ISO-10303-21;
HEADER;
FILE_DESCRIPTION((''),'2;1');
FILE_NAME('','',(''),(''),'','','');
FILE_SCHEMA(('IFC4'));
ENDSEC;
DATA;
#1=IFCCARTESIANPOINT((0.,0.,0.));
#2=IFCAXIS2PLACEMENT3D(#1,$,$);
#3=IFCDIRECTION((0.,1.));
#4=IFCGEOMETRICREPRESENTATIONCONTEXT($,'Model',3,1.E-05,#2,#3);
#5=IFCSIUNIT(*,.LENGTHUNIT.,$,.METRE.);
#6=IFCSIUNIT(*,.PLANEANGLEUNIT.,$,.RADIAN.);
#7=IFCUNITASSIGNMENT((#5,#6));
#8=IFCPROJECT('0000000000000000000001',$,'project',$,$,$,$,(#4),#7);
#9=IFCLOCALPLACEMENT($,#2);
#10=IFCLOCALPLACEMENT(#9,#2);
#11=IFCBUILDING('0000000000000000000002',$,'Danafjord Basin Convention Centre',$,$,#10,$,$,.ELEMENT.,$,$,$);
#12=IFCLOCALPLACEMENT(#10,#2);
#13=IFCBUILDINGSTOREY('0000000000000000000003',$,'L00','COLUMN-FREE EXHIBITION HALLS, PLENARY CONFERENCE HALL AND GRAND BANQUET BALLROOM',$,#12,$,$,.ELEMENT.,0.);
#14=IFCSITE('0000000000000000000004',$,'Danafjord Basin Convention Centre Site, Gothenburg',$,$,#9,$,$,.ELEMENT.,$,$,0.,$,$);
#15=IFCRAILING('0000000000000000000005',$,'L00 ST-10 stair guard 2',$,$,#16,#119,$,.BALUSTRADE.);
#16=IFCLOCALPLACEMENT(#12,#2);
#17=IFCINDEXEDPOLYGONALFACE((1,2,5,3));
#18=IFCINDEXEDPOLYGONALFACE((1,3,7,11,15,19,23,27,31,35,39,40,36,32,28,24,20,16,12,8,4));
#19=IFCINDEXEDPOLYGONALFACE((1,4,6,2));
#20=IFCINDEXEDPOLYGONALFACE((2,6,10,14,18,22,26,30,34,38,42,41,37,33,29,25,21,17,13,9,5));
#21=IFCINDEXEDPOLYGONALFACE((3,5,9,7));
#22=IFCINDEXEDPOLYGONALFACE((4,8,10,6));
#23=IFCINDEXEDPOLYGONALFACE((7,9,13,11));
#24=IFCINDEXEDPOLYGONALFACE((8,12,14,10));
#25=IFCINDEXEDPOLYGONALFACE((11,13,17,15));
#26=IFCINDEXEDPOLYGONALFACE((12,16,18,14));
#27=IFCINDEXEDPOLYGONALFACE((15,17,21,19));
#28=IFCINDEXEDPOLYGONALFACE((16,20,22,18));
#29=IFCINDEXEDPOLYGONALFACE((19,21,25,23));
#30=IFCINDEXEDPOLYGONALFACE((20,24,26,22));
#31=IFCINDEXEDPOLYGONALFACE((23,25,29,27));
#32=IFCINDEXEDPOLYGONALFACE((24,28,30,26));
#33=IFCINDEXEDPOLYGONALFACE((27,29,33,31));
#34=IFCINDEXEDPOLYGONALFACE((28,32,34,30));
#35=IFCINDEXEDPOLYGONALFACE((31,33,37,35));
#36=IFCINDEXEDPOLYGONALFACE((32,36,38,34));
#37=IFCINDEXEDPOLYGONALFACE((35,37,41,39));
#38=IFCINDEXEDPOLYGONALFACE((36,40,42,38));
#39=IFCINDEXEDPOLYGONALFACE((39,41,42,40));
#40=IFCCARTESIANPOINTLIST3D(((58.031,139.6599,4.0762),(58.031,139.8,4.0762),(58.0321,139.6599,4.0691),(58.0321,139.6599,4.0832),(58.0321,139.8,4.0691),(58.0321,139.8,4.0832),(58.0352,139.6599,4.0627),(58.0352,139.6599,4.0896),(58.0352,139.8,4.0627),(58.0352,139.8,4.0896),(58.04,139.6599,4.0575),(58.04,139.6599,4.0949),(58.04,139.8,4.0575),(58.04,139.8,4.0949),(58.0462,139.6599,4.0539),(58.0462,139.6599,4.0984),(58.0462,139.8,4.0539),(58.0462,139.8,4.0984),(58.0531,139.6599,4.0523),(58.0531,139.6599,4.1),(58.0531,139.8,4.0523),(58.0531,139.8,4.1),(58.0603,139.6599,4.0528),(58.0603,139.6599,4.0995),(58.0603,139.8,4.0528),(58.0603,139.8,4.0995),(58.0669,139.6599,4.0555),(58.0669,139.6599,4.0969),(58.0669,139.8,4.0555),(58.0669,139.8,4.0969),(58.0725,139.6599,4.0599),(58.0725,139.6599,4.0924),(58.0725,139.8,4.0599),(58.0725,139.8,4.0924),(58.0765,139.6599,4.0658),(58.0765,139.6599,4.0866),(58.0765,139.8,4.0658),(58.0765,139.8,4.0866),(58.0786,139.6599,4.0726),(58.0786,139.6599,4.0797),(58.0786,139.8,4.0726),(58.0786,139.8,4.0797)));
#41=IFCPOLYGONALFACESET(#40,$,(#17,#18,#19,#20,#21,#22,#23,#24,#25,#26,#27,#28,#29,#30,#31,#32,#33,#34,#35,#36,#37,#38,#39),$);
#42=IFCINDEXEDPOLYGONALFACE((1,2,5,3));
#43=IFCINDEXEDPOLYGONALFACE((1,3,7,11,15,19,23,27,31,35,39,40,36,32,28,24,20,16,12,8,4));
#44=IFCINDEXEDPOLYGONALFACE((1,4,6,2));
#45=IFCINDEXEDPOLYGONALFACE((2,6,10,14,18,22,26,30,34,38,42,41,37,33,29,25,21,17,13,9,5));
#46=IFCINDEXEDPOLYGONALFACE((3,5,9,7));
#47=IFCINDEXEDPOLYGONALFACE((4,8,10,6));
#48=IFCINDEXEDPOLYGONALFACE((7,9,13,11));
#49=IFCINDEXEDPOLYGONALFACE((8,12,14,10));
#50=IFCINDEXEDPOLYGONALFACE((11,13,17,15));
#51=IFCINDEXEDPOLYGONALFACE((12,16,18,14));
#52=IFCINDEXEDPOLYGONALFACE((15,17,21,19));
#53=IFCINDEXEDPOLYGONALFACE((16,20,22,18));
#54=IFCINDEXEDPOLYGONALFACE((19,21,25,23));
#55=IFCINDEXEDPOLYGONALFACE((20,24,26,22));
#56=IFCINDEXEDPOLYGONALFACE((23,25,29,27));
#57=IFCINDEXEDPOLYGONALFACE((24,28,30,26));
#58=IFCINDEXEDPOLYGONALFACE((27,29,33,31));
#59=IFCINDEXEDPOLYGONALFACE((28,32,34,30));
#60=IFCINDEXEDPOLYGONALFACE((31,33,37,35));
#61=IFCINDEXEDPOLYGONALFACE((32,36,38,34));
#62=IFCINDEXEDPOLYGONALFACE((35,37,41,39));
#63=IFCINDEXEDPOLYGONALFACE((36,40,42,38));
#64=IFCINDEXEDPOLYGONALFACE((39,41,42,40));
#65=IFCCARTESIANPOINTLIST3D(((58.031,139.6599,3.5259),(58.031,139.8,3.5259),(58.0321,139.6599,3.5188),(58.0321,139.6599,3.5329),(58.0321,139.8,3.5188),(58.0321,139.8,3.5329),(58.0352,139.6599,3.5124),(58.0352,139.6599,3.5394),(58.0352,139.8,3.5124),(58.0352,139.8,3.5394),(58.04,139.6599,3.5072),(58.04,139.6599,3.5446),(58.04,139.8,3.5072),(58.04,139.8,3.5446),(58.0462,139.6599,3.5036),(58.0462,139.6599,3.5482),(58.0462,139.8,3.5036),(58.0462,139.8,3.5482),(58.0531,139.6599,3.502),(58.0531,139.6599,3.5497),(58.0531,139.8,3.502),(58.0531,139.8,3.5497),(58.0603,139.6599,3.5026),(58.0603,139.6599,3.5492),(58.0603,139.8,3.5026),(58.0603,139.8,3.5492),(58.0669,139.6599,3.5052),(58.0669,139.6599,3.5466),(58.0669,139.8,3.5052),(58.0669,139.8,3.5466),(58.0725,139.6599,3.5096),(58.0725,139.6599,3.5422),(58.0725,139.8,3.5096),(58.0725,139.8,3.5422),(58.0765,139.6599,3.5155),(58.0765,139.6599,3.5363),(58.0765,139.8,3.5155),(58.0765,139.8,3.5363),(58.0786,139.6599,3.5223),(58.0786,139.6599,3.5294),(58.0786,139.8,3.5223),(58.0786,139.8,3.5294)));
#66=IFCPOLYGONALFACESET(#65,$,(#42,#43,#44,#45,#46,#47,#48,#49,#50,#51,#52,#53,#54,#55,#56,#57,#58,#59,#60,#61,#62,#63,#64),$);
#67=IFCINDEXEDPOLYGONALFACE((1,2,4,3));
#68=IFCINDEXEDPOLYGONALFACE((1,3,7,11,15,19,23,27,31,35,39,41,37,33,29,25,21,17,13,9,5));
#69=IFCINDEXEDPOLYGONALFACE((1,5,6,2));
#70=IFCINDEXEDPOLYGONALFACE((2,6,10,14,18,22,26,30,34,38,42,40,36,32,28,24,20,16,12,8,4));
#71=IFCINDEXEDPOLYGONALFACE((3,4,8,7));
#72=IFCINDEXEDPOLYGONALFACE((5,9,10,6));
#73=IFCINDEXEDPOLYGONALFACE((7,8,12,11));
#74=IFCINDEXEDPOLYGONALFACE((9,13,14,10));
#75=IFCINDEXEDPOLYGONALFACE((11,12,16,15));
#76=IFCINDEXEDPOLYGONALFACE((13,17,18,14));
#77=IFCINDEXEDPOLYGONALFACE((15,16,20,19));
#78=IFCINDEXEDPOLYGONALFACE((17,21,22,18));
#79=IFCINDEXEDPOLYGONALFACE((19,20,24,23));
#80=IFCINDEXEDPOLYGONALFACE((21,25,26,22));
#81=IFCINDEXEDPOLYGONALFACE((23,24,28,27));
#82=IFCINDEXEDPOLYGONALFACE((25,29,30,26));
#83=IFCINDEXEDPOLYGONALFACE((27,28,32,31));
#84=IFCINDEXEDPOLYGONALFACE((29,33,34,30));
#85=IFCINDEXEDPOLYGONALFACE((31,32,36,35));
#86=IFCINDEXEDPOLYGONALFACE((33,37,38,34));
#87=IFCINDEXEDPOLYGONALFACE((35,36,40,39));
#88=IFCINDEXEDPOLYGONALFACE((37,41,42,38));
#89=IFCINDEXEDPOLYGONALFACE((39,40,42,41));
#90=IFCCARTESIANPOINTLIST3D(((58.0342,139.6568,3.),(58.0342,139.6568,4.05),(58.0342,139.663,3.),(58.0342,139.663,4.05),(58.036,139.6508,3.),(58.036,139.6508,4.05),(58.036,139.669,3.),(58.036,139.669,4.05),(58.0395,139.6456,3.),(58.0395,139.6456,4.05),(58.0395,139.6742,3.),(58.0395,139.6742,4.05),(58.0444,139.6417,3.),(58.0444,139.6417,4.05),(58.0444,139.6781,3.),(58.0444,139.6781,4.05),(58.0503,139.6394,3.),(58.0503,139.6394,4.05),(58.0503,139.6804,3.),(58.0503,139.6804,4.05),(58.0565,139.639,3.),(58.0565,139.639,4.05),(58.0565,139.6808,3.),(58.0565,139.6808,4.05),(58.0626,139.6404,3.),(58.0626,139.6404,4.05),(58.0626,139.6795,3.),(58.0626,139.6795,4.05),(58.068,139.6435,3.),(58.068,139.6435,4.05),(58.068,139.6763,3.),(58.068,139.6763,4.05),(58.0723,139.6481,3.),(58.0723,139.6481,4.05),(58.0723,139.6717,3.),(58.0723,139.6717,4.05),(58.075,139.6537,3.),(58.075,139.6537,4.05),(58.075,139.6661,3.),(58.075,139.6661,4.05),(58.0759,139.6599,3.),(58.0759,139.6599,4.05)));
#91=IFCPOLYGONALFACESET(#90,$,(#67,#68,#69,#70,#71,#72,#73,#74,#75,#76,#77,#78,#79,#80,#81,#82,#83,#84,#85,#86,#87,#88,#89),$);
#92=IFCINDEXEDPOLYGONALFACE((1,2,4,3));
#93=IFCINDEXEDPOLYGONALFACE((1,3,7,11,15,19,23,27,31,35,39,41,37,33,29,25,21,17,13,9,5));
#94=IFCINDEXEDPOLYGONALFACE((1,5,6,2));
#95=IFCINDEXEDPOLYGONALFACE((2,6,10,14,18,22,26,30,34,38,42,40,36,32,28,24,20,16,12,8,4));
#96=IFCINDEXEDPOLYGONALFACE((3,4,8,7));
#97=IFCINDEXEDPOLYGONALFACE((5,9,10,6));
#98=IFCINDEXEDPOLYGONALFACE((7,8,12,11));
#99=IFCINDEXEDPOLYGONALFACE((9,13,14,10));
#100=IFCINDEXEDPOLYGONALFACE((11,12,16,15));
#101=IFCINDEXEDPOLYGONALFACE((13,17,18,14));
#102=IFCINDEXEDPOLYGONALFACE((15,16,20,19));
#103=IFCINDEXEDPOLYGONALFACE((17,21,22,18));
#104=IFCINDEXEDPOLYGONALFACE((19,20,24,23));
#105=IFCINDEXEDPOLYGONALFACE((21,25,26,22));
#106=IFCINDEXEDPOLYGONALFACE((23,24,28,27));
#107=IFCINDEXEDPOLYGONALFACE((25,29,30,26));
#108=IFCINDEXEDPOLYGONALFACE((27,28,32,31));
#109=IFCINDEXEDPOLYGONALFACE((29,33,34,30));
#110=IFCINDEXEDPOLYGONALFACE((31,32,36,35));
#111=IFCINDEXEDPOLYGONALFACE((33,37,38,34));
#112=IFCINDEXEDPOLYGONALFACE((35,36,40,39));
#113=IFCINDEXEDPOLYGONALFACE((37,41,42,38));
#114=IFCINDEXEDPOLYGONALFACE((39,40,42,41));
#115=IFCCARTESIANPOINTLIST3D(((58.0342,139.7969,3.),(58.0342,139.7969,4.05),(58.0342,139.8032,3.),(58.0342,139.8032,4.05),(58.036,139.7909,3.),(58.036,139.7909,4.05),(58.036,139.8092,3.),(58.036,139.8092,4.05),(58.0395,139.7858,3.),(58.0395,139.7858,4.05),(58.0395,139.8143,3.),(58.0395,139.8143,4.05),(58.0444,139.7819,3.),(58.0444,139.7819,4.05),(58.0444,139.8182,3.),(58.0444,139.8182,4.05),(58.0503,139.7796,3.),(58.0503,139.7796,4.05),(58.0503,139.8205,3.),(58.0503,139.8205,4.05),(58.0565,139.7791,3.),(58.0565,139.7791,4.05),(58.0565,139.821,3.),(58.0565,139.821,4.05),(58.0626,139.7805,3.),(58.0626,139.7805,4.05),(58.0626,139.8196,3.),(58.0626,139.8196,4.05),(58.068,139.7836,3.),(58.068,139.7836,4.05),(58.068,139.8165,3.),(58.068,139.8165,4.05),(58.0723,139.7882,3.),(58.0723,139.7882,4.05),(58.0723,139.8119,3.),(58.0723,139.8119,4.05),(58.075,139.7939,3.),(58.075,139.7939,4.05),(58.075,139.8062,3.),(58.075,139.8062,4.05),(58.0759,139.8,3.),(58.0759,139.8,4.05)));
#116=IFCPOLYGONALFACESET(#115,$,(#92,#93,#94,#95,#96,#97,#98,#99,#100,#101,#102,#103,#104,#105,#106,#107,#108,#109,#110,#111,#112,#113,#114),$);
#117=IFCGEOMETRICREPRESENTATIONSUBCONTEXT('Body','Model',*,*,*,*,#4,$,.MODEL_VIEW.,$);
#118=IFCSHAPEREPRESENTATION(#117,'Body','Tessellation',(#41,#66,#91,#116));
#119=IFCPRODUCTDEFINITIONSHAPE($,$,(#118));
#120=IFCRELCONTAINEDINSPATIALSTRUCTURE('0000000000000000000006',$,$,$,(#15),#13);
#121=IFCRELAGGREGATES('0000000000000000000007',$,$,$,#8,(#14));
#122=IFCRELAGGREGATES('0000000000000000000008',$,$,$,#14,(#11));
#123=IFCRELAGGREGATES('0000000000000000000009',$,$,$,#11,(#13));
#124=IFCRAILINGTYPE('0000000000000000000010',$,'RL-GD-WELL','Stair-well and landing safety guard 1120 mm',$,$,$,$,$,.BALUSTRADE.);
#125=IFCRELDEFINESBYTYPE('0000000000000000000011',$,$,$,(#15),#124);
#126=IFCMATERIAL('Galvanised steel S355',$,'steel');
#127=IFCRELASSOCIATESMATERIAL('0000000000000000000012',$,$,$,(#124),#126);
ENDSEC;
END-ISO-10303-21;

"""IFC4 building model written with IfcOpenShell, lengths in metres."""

from ifc_helpers import new_model, si_unit, direction, frame, origin, origin_2d, place, context, subcontext, project, spatial, circle, extrude, material, type_object, element, save


model = new_model("IFC4")

# Units and contexts
model_context = context("Model", 3, precision=1e-05, world=origin(), true_north=direction((0.0, 1.0)))
body_context = subcontext(model_context, "Body", "Model", "MODEL_VIEW")
ifc_project = project(units=[si_unit("LENGTHUNIT", "METRE"), si_unit("PLANEANGLEUNIT", "RADIAN")], contexts=[model_context])

# Site, building, storey
site_placement = place(None, origin())
site = spatial("IfcSite", under=ifc_project, at=site_placement, Name="Danafjord Basin Convention Centre Site, Gothenburg", CompositionType="ELEMENT", RefElevation=0.0)
building_placement = place(site_placement, origin())
building = spatial("IfcBuilding", under=site, at=building_placement, Name="Danafjord Basin Convention Centre", CompositionType="ELEMENT")
storey_placement = place(building_placement, origin())
storey = spatial("IfcBuildingStorey", under=building, at=storey_placement, Name="L00", Description="COLUMN-FREE EXHIBITION HALLS, PLENARY CONFERENCE HALL AND GRAND BANQUET BALLROOM", CompositionType="ELEMENT", Elevation=0.0)

# Railing
ifc_material_1 = material(Name="Galvanised steel S355", Category="steel")
railing_type_1 = type_object("IfcRailingType", Name="RL-GD-WELL", Description="Stair-well and landing safety guard 1120 mm", PredefinedType="BALUSTRADE", material=ifc_material_1)
railing_1_placement = place(storey_placement, frame((58.0549, 139.6599, 3.0)))
element("IfcRailing", 1, at=railing_1_placement, inside=storey, type_object=railing_type_1, Name="L00 ST-10 stair guard 2", PredefinedType="BALUSTRADE", context=body_context, shape_type="SweptSolid", body=[
    extrude(circle(Radius=0.0239, at=origin_2d()), frame((0.0, 0.0, 1.0762), z_axis=(0.0, 1.0, 0.0), x_axis=(-1.0, 0.0, 0.0)), (0.0, 0.0, 1.0), 0.1401),
    extrude(circle(Radius=0.0239, at=origin_2d()), frame((0.0, 0.0, 0.5259), z_axis=(0.0, 1.0, 0.0), x_axis=(-1.0, 0.0, 0.0)), (0.0, 0.0, 1.0), 0.1401),
    extrude(circle(Radius=0.021, at=origin_2d()), origin(), (0.0, 0.0, 1.0), 1.05),
    extrude(circle(Radius=0.021, at=origin_2d()), frame((0.0, 0.1401, 0.0)), (0.0, 0.0, 1.0), 1.05),
])

save(model, "model.ifc")
